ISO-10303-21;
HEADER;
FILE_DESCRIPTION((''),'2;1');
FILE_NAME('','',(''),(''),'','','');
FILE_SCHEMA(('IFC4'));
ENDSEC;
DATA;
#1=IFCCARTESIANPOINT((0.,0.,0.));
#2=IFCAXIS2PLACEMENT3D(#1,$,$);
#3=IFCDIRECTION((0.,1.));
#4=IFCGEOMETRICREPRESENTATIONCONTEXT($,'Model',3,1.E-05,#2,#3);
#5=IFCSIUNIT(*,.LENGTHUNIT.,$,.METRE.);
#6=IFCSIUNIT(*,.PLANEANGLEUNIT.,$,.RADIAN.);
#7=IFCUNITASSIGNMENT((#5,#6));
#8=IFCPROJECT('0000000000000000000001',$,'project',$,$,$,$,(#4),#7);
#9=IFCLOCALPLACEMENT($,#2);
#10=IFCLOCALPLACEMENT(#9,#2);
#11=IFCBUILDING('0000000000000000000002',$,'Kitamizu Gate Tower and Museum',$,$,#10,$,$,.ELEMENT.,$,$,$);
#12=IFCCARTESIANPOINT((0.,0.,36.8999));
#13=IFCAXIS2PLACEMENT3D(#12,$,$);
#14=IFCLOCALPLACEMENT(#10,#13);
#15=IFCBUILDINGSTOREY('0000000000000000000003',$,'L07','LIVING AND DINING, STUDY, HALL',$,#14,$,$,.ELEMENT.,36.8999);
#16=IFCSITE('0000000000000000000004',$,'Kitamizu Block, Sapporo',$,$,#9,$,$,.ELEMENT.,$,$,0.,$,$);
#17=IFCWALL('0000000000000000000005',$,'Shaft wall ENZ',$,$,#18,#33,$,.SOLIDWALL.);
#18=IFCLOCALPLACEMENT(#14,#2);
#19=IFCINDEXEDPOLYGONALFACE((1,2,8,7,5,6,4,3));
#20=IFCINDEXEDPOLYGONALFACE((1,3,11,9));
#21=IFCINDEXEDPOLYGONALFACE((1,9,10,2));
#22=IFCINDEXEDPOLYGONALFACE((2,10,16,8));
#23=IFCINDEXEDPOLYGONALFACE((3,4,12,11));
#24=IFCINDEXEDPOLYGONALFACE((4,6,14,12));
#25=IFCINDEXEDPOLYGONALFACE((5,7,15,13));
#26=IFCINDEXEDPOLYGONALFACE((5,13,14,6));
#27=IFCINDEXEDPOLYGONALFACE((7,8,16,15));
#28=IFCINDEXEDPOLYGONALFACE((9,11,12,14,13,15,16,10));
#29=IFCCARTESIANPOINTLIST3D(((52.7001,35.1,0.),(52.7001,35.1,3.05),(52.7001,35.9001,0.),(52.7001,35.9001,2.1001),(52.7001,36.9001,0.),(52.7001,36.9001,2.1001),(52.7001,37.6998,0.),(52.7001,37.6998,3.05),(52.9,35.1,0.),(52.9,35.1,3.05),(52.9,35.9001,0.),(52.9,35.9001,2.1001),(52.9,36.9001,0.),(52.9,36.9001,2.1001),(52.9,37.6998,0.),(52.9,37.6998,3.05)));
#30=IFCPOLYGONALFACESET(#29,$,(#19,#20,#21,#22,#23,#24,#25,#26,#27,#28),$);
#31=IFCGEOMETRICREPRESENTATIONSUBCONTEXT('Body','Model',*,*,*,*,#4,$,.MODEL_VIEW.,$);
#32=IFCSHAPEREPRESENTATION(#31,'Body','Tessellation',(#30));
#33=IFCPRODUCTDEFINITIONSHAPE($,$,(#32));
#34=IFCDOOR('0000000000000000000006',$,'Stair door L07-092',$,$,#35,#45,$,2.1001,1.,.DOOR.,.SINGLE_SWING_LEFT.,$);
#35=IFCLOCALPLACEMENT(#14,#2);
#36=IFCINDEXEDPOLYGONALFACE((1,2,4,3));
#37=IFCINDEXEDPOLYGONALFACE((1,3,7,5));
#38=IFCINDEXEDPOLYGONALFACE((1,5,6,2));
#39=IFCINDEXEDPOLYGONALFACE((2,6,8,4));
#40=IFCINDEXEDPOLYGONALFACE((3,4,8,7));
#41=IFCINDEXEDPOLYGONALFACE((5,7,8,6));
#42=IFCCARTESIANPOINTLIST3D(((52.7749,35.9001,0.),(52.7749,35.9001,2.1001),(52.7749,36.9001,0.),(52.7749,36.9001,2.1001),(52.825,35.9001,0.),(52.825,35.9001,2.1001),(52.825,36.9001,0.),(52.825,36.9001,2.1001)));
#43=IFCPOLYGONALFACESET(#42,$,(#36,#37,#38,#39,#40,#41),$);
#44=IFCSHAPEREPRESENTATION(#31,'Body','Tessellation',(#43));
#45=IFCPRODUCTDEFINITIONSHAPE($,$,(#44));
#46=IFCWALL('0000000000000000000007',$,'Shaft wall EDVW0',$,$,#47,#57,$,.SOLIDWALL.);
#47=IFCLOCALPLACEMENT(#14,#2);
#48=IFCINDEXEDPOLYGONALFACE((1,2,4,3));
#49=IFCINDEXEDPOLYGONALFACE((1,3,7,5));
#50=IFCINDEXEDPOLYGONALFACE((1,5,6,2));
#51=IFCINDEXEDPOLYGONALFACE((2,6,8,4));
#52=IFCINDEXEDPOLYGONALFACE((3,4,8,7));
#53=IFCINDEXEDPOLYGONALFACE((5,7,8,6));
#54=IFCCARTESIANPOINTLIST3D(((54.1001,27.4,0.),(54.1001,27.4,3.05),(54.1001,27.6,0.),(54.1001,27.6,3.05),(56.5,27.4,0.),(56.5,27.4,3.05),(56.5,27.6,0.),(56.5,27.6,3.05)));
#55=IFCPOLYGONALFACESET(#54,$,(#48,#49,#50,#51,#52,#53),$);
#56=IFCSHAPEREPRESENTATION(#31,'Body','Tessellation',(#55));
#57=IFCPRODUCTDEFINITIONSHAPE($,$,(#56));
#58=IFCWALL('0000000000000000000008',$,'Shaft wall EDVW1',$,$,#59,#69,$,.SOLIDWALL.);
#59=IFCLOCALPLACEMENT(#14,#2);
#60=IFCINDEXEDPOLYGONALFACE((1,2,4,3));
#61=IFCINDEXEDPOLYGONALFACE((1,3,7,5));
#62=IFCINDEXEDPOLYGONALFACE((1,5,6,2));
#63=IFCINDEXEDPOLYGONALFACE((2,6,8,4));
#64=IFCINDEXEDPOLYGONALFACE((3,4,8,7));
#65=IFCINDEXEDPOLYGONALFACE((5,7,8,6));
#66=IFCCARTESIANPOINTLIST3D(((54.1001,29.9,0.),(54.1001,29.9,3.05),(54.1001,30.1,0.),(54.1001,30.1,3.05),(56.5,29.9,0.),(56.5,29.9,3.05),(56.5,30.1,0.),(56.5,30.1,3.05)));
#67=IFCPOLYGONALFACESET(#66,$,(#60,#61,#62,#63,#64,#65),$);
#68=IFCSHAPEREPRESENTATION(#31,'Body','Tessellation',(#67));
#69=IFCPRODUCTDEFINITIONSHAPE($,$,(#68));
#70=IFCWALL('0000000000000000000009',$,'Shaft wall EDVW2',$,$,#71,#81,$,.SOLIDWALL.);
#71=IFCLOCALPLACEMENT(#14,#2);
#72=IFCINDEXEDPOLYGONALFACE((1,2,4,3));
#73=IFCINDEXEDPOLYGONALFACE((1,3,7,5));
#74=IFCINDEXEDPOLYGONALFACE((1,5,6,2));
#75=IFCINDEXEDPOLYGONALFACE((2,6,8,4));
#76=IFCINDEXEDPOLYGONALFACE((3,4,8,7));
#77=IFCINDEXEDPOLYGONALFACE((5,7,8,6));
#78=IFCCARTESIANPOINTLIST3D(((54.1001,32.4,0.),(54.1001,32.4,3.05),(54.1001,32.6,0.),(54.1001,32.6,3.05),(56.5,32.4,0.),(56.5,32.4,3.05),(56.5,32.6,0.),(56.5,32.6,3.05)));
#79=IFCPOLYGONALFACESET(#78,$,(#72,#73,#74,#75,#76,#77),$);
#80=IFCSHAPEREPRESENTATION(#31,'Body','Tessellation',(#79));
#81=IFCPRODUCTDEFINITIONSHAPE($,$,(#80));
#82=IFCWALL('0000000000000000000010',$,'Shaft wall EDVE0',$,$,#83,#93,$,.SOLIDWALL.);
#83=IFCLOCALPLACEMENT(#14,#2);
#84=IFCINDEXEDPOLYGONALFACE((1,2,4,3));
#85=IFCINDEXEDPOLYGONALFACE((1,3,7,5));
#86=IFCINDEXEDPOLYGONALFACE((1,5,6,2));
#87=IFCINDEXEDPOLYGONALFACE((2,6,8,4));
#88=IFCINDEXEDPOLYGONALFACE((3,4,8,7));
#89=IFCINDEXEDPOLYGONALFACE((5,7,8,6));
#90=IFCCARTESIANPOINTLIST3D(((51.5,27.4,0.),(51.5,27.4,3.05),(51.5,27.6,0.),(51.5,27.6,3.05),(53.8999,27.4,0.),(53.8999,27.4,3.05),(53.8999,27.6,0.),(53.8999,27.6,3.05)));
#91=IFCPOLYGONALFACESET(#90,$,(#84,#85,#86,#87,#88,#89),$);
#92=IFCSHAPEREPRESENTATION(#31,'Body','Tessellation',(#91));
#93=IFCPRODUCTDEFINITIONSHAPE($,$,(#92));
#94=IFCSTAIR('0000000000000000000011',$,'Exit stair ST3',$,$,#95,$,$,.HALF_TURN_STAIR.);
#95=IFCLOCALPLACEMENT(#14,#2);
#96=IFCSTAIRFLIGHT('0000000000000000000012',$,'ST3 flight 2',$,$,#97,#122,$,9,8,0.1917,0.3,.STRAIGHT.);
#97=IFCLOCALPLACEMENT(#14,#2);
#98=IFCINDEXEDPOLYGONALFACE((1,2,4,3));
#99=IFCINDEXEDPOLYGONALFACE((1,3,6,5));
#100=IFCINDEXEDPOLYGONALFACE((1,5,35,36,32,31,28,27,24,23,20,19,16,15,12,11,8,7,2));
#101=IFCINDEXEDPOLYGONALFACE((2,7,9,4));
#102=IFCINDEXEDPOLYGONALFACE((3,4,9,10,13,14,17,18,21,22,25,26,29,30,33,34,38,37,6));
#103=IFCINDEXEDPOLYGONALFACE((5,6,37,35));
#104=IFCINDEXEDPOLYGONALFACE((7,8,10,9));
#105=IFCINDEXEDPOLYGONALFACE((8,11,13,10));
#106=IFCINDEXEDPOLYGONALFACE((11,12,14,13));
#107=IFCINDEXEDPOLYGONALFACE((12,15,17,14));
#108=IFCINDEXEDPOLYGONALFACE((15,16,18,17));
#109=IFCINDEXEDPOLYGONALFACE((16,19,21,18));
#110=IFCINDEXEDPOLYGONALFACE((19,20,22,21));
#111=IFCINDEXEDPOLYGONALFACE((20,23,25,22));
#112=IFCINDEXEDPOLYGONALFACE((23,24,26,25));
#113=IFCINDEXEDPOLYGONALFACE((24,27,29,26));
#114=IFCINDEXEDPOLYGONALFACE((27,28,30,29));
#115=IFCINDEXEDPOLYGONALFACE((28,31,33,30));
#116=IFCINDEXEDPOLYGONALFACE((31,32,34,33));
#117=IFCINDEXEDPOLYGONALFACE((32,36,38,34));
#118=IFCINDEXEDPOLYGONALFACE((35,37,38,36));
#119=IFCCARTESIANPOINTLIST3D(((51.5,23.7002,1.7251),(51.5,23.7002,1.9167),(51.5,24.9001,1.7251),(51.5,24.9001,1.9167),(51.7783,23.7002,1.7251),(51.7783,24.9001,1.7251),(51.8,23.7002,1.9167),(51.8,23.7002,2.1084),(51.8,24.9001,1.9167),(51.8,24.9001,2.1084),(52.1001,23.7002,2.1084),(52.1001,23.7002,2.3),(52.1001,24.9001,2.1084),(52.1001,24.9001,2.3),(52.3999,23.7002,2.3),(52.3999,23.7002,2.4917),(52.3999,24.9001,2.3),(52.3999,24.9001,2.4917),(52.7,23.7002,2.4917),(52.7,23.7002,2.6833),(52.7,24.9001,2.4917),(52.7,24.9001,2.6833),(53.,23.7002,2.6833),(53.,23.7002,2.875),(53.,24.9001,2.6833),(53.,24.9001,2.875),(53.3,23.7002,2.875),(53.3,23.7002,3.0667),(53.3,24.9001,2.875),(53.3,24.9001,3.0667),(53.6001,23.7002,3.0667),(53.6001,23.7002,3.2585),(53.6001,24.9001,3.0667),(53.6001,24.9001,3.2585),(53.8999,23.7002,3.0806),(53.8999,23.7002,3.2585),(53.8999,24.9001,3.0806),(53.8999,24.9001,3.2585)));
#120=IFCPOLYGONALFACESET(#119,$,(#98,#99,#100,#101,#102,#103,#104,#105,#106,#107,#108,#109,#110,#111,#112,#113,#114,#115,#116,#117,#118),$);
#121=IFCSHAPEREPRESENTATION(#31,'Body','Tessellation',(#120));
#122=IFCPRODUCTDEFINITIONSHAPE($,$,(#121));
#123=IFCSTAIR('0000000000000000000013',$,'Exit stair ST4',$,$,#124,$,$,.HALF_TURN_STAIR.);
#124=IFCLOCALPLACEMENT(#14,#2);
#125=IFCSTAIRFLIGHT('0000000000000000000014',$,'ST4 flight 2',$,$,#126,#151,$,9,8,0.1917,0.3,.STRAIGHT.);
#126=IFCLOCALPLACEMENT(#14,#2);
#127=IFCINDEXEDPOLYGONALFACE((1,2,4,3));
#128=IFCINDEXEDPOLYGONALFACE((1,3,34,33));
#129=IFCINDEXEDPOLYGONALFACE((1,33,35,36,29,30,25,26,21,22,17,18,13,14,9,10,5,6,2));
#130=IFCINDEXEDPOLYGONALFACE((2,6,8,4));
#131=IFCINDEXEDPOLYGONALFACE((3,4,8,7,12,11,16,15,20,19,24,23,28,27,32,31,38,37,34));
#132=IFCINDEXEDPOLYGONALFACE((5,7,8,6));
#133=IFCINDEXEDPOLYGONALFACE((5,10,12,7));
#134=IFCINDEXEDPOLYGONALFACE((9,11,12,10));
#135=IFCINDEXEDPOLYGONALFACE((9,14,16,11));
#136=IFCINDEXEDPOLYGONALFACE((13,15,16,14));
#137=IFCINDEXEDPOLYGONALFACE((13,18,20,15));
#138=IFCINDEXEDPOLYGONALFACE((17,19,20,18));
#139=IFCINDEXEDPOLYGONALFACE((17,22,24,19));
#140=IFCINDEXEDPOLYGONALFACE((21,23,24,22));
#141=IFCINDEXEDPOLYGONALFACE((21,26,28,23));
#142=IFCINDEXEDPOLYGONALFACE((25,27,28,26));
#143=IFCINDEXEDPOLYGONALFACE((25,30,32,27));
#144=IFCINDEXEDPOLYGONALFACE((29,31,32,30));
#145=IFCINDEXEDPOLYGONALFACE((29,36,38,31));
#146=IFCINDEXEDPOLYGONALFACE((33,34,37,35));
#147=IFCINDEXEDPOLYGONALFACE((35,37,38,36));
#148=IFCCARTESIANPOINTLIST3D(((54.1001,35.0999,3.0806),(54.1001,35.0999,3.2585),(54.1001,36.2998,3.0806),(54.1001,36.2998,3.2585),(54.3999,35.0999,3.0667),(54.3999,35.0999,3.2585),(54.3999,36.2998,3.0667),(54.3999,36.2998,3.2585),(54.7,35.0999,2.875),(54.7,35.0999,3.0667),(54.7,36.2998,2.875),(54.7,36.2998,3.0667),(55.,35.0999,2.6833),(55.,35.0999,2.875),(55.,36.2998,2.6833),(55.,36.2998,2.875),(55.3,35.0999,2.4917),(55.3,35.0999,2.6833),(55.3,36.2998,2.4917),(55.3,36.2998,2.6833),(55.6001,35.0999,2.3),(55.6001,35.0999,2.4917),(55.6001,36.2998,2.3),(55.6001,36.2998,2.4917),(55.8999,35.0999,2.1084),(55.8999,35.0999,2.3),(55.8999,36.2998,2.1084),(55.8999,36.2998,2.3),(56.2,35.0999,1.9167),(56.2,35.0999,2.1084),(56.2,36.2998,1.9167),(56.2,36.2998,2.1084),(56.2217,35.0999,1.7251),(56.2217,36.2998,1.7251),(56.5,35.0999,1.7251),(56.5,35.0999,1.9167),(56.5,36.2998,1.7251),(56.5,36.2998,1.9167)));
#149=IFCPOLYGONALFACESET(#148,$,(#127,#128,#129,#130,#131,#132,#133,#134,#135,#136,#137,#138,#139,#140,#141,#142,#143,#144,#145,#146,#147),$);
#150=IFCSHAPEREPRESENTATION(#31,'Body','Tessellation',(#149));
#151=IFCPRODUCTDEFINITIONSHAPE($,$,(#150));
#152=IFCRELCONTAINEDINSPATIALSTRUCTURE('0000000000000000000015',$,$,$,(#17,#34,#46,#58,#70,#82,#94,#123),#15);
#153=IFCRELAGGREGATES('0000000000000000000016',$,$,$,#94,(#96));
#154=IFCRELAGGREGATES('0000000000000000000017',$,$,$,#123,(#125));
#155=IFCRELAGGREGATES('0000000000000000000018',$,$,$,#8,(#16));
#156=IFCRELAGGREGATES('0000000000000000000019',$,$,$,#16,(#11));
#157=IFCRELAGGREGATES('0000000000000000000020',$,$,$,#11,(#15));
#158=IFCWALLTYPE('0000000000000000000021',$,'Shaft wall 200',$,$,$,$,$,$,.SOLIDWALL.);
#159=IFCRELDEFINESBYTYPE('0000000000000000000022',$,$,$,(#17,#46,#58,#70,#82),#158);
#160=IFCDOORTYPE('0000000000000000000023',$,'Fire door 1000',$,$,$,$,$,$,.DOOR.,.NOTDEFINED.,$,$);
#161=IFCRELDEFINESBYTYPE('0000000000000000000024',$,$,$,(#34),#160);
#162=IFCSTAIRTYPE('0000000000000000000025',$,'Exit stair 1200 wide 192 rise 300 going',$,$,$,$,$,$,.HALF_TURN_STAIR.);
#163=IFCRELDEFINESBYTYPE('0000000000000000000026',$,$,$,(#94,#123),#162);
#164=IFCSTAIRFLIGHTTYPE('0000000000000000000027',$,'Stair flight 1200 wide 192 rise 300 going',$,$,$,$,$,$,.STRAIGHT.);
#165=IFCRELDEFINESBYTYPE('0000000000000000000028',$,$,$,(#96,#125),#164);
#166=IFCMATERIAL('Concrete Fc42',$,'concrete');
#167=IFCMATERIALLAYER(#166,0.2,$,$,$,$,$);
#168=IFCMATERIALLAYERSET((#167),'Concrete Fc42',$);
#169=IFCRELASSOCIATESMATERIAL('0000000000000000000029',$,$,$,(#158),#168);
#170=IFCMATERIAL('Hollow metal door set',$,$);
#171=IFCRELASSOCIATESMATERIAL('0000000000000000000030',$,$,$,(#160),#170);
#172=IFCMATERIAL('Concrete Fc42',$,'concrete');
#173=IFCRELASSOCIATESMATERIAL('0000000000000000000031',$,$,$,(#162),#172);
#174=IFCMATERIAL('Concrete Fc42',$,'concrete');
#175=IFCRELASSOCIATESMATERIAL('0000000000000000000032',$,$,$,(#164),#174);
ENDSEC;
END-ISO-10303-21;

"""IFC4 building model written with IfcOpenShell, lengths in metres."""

from ifc_helpers import new_model, si_unit, direction, frame, frame_2d, origin, place, context, subcontext, project, spatial, polyline, rectangle, outline, extrude, material, layer, layer_set, type_object, element, fill, aggregate, save


model = new_model("IFC4")

# Units and contexts
model_context = context("Model", 3, precision=1e-05, world=origin(), true_north=direction((0.0, 1.0)))
body_context = subcontext(model_context, "Body", "Model", "MODEL_VIEW")
ifc_project = project(units=[si_unit("LENGTHUNIT", "METRE"), si_unit("PLANEANGLEUNIT", "RADIAN")], contexts=[model_context])

# Site, building, storey
site_placement = place(None, origin())
site = spatial("IfcSite", under=ifc_project, at=site_placement, Name="Kitamizu Block, Sapporo", CompositionType="ELEMENT", RefElevation=0.0)
building_placement = place(site_placement, origin())
building = spatial("IfcBuilding", under=site, at=building_placement, Name="Kitamizu Gate Tower and Museum", CompositionType="ELEMENT")
storey_placement = place(building_placement, frame((0.0, 0.0, 36.8999)))
storey = spatial("IfcBuildingStorey", under=building, at=storey_placement, Name="L07", Description="LIVING AND DINING, STUDY, HALL", CompositionType="ELEMENT", Elevation=36.8999)

# Shared definitions
ifc_material_1 = material(Name="Concrete Fc42", Category="concrete")
ifc_layer_1 = layer(ifc_material_1, 0.2)
ifc_layer_set_1 = layer_set([ifc_layer_1], Name="Concrete Fc42")
wall_type_1 = type_object("IfcWallType", Name="Shaft wall 200", PredefinedType="SOLIDWALL", material=ifc_layer_set_1)
ifc_material_2 = material(Name="Hollow metal door set")
door_type_1 = type_object("IfcDoorType", Name="Fire door 1000", OperationType="NOTDEFINED", PredefinedType="DOOR", material=ifc_material_2)

# Wall, opening, door
wall_1_placement = place(storey_placement, frame((52.8, 35.1001, 0.0), z_axis=(0.0, 0.0, 1.0), x_axis=(0.0, 1.0, 0.0)))
wall_1 = element("IfcWall", 1, at=wall_1_placement, inside=storey, type_object=wall_type_1, Name="Shaft wall ENZ", PredefinedType="SOLIDWALL", context=body_context, shape_type="SweptSolid", body=[
    extrude(rectangle(XDim=2.5999, YDim=0.2, at=frame_2d((1.2998, 0.0))), origin(), (0.0, 0.0, 1.0), 3.05),
])
opening_1_placement = place(wall_1_placement, frame((0.8, 0.0, 0.0)))
opening_1 = element("IfcOpeningElement", 2, at=opening_1_placement, cuts=wall_1, PredefinedType="OPENING", context=body_context, shape_type="SweptSolid", body=[
    extrude(rectangle(XDim=1.0, YDim=2.1001, at=frame_2d((0.5, 1.05))), frame((0.0, 0.1099, 0.0), z_axis=(0.0, -1.0, 0.0), x_axis=(1.0, 0.0, 0.0)), (0.0, 0.0, 1.0), 0.22),
])
door_1_placement = place(opening_1_placement, frame((1.0, 0.0, 0.0), x_axis=(-1.0, 0.0, 0.0)))
door_1 = element("IfcDoor", 3, at=door_1_placement, inside=storey, type_object=door_type_1, Name="Stair door L07-092", OperationType="SINGLE_SWING_LEFT", OverallHeight=2.1001, OverallWidth=1.0, PredefinedType="DOOR", context=body_context, shape_type="SweptSolid", body=[
    extrude(rectangle(XDim=1.0, YDim=2.1001, at=frame_2d((0.5, 1.05))), frame((0.0, 0.0249, 0.0), z_axis=(0.0, -1.0, 0.0), x_axis=(1.0, 0.0, 0.0)), (0.0, 0.0, 1.0), 0.05),
])
fill(opening_1, door_1)

# Walls
for number, where, z_axis, x_axis, name in (
    (4, (56.5, 27.5, 0.0), (0.0, 0.0, 1.0), (-1.0, 0.0, 0.0), "Shaft wall EDVW0"),
    (5, (56.5, 30.0, 0.0), (0.0, 0.0, 1.0), (-1.0, 0.0, 0.0), "Shaft wall EDVW1"),
    (6, (56.5, 32.5, 0.0), (0.0, 0.0, 1.0), (-1.0, 0.0, 0.0), "Shaft wall EDVW2"),
    (7, (53.8999, 27.5, 0.0), (0.0, 0.0, 1.0), (-1.0, 0.0, 0.0), "Shaft wall EDVE0"),
):
    element("IfcWall", number, at=place(storey_placement, frame(where, z_axis=z_axis, x_axis=x_axis)), inside=storey, type_object=wall_type_1, Name=name, PredefinedType="SOLIDWALL", context=body_context, shape_type="SweptSolid", body=[
        extrude(rectangle(XDim=2.3999, YDim=0.2, at=frame_2d((1.2, 0.0))), origin(), (0.0, 0.0, 1.0), 3.05),
    ])

# Stairs, stair flights
ifc_material_3 = material(Name="Concrete Fc42", Category="concrete")
stair_type = type_object("IfcStairType", Name="Exit stair 1200 wide 192 rise 300 going", PredefinedType="HALF_TURN_STAIR", material=ifc_material_3)
stair_1_placement = place(storey_placement, origin())
stair_1 = element("IfcStair", 8, at=stair_1_placement, inside=storey, type_object=stair_type, Name="Exit stair ST3", PredefinedType="HALF_TURN_STAIR")
ifc_material_4 = material(Name="Concrete Fc42", Category="concrete")
stair_flight_type = type_object("IfcStairFlightType", Name="Stair flight 1200 wide 192 rise 300 going", PredefinedType="STRAIGHT", material=ifc_material_4)
stair_flight_1_placement = place(storey_placement, frame((51.5, 24.3, 1.7251), z_axis=(0.0, 0.0, 1.0), x_axis=(1.0, 0.0, 0.0)))
stair_flight_1 = element("IfcStairFlight", 9, at=stair_flight_1_placement, type_object=stair_flight_type, Name="ST3 flight 2", NumberOfRisers=9, NumberOfTreads=8, PredefinedType="STRAIGHT", RiserHeight=0.1917, TreadLength=0.3, context=body_context, shape_type="SweptSolid", body=[
    extrude(outline(polyline([(0.0, 0.0), (0.0, 0.1917), (0.3, 0.1917), (0.3, 0.3833), (0.6001, 0.3833), (0.6001, 0.575), (0.8999, 0.575), (0.8999, 0.7666), (1.2, 0.7666), (1.2, 0.9583), (1.5, 0.9583), (1.5, 1.1499), (1.8, 1.1499), (1.8, 1.3416), (2.1001, 1.3416), (2.1001, 1.5334), (2.3999, 1.5334), (2.3999, 1.7251), (2.3999, 1.3555), (0.2783, 0.0), (0.0, 0.0)])), frame((0.0, 0.6001, 0.0), z_axis=(0.0, -1.0, 0.0), x_axis=(1.0, 0.0, 0.0)), (0.0, 0.0, 1.0), 1.2),
])
aggregate(stair_1, [stair_flight_1])
stair_2_placement = place(storey_placement, origin())
stair_2 = element("IfcStair", 10, at=stair_2_placement, inside=storey, type_object=stair_type, Name="Exit stair ST4", PredefinedType="HALF_TURN_STAIR")
stair_flight_2_placement = place(storey_placement, frame((56.5, 35.7, 1.7251), z_axis=(0.0, 0.0, 1.0), x_axis=(-1.0, 0.0, 0.0)))
stair_flight_2 = element("IfcStairFlight", 11, at=stair_flight_2_placement, type_object=stair_flight_type, Name="ST4 flight 2", NumberOfRisers=9, NumberOfTreads=8, PredefinedType="STRAIGHT", RiserHeight=0.1917, TreadLength=0.3, context=body_context, shape_type="SweptSolid", body=[
    extrude(outline(polyline([(0.0, 0.0), (0.0, 0.1917), (0.3, 0.1917), (0.3, 0.3833), (0.6001, 0.3833), (0.6001, 0.575), (0.8999, 0.575), (0.8999, 0.7666), (1.2, 0.7666), (1.2, 0.9583), (1.5, 0.9583), (1.5, 1.1499), (1.8, 1.1499), (1.8, 1.3416), (2.1001, 1.3416), (2.1001, 1.5334), (2.3999, 1.5334), (2.3999, 1.7251), (2.3999, 1.3555), (0.2783, 0.0), (0.0, 0.0)])), frame((0.0, 0.6001, 0.0), z_axis=(0.0, -1.0, 0.0), x_axis=(1.0, 0.0, 0.0)), (0.0, 0.0, 1.0), 1.2),
])
aggregate(stair_2, [stair_flight_2])

save(model, "model.ifc")
